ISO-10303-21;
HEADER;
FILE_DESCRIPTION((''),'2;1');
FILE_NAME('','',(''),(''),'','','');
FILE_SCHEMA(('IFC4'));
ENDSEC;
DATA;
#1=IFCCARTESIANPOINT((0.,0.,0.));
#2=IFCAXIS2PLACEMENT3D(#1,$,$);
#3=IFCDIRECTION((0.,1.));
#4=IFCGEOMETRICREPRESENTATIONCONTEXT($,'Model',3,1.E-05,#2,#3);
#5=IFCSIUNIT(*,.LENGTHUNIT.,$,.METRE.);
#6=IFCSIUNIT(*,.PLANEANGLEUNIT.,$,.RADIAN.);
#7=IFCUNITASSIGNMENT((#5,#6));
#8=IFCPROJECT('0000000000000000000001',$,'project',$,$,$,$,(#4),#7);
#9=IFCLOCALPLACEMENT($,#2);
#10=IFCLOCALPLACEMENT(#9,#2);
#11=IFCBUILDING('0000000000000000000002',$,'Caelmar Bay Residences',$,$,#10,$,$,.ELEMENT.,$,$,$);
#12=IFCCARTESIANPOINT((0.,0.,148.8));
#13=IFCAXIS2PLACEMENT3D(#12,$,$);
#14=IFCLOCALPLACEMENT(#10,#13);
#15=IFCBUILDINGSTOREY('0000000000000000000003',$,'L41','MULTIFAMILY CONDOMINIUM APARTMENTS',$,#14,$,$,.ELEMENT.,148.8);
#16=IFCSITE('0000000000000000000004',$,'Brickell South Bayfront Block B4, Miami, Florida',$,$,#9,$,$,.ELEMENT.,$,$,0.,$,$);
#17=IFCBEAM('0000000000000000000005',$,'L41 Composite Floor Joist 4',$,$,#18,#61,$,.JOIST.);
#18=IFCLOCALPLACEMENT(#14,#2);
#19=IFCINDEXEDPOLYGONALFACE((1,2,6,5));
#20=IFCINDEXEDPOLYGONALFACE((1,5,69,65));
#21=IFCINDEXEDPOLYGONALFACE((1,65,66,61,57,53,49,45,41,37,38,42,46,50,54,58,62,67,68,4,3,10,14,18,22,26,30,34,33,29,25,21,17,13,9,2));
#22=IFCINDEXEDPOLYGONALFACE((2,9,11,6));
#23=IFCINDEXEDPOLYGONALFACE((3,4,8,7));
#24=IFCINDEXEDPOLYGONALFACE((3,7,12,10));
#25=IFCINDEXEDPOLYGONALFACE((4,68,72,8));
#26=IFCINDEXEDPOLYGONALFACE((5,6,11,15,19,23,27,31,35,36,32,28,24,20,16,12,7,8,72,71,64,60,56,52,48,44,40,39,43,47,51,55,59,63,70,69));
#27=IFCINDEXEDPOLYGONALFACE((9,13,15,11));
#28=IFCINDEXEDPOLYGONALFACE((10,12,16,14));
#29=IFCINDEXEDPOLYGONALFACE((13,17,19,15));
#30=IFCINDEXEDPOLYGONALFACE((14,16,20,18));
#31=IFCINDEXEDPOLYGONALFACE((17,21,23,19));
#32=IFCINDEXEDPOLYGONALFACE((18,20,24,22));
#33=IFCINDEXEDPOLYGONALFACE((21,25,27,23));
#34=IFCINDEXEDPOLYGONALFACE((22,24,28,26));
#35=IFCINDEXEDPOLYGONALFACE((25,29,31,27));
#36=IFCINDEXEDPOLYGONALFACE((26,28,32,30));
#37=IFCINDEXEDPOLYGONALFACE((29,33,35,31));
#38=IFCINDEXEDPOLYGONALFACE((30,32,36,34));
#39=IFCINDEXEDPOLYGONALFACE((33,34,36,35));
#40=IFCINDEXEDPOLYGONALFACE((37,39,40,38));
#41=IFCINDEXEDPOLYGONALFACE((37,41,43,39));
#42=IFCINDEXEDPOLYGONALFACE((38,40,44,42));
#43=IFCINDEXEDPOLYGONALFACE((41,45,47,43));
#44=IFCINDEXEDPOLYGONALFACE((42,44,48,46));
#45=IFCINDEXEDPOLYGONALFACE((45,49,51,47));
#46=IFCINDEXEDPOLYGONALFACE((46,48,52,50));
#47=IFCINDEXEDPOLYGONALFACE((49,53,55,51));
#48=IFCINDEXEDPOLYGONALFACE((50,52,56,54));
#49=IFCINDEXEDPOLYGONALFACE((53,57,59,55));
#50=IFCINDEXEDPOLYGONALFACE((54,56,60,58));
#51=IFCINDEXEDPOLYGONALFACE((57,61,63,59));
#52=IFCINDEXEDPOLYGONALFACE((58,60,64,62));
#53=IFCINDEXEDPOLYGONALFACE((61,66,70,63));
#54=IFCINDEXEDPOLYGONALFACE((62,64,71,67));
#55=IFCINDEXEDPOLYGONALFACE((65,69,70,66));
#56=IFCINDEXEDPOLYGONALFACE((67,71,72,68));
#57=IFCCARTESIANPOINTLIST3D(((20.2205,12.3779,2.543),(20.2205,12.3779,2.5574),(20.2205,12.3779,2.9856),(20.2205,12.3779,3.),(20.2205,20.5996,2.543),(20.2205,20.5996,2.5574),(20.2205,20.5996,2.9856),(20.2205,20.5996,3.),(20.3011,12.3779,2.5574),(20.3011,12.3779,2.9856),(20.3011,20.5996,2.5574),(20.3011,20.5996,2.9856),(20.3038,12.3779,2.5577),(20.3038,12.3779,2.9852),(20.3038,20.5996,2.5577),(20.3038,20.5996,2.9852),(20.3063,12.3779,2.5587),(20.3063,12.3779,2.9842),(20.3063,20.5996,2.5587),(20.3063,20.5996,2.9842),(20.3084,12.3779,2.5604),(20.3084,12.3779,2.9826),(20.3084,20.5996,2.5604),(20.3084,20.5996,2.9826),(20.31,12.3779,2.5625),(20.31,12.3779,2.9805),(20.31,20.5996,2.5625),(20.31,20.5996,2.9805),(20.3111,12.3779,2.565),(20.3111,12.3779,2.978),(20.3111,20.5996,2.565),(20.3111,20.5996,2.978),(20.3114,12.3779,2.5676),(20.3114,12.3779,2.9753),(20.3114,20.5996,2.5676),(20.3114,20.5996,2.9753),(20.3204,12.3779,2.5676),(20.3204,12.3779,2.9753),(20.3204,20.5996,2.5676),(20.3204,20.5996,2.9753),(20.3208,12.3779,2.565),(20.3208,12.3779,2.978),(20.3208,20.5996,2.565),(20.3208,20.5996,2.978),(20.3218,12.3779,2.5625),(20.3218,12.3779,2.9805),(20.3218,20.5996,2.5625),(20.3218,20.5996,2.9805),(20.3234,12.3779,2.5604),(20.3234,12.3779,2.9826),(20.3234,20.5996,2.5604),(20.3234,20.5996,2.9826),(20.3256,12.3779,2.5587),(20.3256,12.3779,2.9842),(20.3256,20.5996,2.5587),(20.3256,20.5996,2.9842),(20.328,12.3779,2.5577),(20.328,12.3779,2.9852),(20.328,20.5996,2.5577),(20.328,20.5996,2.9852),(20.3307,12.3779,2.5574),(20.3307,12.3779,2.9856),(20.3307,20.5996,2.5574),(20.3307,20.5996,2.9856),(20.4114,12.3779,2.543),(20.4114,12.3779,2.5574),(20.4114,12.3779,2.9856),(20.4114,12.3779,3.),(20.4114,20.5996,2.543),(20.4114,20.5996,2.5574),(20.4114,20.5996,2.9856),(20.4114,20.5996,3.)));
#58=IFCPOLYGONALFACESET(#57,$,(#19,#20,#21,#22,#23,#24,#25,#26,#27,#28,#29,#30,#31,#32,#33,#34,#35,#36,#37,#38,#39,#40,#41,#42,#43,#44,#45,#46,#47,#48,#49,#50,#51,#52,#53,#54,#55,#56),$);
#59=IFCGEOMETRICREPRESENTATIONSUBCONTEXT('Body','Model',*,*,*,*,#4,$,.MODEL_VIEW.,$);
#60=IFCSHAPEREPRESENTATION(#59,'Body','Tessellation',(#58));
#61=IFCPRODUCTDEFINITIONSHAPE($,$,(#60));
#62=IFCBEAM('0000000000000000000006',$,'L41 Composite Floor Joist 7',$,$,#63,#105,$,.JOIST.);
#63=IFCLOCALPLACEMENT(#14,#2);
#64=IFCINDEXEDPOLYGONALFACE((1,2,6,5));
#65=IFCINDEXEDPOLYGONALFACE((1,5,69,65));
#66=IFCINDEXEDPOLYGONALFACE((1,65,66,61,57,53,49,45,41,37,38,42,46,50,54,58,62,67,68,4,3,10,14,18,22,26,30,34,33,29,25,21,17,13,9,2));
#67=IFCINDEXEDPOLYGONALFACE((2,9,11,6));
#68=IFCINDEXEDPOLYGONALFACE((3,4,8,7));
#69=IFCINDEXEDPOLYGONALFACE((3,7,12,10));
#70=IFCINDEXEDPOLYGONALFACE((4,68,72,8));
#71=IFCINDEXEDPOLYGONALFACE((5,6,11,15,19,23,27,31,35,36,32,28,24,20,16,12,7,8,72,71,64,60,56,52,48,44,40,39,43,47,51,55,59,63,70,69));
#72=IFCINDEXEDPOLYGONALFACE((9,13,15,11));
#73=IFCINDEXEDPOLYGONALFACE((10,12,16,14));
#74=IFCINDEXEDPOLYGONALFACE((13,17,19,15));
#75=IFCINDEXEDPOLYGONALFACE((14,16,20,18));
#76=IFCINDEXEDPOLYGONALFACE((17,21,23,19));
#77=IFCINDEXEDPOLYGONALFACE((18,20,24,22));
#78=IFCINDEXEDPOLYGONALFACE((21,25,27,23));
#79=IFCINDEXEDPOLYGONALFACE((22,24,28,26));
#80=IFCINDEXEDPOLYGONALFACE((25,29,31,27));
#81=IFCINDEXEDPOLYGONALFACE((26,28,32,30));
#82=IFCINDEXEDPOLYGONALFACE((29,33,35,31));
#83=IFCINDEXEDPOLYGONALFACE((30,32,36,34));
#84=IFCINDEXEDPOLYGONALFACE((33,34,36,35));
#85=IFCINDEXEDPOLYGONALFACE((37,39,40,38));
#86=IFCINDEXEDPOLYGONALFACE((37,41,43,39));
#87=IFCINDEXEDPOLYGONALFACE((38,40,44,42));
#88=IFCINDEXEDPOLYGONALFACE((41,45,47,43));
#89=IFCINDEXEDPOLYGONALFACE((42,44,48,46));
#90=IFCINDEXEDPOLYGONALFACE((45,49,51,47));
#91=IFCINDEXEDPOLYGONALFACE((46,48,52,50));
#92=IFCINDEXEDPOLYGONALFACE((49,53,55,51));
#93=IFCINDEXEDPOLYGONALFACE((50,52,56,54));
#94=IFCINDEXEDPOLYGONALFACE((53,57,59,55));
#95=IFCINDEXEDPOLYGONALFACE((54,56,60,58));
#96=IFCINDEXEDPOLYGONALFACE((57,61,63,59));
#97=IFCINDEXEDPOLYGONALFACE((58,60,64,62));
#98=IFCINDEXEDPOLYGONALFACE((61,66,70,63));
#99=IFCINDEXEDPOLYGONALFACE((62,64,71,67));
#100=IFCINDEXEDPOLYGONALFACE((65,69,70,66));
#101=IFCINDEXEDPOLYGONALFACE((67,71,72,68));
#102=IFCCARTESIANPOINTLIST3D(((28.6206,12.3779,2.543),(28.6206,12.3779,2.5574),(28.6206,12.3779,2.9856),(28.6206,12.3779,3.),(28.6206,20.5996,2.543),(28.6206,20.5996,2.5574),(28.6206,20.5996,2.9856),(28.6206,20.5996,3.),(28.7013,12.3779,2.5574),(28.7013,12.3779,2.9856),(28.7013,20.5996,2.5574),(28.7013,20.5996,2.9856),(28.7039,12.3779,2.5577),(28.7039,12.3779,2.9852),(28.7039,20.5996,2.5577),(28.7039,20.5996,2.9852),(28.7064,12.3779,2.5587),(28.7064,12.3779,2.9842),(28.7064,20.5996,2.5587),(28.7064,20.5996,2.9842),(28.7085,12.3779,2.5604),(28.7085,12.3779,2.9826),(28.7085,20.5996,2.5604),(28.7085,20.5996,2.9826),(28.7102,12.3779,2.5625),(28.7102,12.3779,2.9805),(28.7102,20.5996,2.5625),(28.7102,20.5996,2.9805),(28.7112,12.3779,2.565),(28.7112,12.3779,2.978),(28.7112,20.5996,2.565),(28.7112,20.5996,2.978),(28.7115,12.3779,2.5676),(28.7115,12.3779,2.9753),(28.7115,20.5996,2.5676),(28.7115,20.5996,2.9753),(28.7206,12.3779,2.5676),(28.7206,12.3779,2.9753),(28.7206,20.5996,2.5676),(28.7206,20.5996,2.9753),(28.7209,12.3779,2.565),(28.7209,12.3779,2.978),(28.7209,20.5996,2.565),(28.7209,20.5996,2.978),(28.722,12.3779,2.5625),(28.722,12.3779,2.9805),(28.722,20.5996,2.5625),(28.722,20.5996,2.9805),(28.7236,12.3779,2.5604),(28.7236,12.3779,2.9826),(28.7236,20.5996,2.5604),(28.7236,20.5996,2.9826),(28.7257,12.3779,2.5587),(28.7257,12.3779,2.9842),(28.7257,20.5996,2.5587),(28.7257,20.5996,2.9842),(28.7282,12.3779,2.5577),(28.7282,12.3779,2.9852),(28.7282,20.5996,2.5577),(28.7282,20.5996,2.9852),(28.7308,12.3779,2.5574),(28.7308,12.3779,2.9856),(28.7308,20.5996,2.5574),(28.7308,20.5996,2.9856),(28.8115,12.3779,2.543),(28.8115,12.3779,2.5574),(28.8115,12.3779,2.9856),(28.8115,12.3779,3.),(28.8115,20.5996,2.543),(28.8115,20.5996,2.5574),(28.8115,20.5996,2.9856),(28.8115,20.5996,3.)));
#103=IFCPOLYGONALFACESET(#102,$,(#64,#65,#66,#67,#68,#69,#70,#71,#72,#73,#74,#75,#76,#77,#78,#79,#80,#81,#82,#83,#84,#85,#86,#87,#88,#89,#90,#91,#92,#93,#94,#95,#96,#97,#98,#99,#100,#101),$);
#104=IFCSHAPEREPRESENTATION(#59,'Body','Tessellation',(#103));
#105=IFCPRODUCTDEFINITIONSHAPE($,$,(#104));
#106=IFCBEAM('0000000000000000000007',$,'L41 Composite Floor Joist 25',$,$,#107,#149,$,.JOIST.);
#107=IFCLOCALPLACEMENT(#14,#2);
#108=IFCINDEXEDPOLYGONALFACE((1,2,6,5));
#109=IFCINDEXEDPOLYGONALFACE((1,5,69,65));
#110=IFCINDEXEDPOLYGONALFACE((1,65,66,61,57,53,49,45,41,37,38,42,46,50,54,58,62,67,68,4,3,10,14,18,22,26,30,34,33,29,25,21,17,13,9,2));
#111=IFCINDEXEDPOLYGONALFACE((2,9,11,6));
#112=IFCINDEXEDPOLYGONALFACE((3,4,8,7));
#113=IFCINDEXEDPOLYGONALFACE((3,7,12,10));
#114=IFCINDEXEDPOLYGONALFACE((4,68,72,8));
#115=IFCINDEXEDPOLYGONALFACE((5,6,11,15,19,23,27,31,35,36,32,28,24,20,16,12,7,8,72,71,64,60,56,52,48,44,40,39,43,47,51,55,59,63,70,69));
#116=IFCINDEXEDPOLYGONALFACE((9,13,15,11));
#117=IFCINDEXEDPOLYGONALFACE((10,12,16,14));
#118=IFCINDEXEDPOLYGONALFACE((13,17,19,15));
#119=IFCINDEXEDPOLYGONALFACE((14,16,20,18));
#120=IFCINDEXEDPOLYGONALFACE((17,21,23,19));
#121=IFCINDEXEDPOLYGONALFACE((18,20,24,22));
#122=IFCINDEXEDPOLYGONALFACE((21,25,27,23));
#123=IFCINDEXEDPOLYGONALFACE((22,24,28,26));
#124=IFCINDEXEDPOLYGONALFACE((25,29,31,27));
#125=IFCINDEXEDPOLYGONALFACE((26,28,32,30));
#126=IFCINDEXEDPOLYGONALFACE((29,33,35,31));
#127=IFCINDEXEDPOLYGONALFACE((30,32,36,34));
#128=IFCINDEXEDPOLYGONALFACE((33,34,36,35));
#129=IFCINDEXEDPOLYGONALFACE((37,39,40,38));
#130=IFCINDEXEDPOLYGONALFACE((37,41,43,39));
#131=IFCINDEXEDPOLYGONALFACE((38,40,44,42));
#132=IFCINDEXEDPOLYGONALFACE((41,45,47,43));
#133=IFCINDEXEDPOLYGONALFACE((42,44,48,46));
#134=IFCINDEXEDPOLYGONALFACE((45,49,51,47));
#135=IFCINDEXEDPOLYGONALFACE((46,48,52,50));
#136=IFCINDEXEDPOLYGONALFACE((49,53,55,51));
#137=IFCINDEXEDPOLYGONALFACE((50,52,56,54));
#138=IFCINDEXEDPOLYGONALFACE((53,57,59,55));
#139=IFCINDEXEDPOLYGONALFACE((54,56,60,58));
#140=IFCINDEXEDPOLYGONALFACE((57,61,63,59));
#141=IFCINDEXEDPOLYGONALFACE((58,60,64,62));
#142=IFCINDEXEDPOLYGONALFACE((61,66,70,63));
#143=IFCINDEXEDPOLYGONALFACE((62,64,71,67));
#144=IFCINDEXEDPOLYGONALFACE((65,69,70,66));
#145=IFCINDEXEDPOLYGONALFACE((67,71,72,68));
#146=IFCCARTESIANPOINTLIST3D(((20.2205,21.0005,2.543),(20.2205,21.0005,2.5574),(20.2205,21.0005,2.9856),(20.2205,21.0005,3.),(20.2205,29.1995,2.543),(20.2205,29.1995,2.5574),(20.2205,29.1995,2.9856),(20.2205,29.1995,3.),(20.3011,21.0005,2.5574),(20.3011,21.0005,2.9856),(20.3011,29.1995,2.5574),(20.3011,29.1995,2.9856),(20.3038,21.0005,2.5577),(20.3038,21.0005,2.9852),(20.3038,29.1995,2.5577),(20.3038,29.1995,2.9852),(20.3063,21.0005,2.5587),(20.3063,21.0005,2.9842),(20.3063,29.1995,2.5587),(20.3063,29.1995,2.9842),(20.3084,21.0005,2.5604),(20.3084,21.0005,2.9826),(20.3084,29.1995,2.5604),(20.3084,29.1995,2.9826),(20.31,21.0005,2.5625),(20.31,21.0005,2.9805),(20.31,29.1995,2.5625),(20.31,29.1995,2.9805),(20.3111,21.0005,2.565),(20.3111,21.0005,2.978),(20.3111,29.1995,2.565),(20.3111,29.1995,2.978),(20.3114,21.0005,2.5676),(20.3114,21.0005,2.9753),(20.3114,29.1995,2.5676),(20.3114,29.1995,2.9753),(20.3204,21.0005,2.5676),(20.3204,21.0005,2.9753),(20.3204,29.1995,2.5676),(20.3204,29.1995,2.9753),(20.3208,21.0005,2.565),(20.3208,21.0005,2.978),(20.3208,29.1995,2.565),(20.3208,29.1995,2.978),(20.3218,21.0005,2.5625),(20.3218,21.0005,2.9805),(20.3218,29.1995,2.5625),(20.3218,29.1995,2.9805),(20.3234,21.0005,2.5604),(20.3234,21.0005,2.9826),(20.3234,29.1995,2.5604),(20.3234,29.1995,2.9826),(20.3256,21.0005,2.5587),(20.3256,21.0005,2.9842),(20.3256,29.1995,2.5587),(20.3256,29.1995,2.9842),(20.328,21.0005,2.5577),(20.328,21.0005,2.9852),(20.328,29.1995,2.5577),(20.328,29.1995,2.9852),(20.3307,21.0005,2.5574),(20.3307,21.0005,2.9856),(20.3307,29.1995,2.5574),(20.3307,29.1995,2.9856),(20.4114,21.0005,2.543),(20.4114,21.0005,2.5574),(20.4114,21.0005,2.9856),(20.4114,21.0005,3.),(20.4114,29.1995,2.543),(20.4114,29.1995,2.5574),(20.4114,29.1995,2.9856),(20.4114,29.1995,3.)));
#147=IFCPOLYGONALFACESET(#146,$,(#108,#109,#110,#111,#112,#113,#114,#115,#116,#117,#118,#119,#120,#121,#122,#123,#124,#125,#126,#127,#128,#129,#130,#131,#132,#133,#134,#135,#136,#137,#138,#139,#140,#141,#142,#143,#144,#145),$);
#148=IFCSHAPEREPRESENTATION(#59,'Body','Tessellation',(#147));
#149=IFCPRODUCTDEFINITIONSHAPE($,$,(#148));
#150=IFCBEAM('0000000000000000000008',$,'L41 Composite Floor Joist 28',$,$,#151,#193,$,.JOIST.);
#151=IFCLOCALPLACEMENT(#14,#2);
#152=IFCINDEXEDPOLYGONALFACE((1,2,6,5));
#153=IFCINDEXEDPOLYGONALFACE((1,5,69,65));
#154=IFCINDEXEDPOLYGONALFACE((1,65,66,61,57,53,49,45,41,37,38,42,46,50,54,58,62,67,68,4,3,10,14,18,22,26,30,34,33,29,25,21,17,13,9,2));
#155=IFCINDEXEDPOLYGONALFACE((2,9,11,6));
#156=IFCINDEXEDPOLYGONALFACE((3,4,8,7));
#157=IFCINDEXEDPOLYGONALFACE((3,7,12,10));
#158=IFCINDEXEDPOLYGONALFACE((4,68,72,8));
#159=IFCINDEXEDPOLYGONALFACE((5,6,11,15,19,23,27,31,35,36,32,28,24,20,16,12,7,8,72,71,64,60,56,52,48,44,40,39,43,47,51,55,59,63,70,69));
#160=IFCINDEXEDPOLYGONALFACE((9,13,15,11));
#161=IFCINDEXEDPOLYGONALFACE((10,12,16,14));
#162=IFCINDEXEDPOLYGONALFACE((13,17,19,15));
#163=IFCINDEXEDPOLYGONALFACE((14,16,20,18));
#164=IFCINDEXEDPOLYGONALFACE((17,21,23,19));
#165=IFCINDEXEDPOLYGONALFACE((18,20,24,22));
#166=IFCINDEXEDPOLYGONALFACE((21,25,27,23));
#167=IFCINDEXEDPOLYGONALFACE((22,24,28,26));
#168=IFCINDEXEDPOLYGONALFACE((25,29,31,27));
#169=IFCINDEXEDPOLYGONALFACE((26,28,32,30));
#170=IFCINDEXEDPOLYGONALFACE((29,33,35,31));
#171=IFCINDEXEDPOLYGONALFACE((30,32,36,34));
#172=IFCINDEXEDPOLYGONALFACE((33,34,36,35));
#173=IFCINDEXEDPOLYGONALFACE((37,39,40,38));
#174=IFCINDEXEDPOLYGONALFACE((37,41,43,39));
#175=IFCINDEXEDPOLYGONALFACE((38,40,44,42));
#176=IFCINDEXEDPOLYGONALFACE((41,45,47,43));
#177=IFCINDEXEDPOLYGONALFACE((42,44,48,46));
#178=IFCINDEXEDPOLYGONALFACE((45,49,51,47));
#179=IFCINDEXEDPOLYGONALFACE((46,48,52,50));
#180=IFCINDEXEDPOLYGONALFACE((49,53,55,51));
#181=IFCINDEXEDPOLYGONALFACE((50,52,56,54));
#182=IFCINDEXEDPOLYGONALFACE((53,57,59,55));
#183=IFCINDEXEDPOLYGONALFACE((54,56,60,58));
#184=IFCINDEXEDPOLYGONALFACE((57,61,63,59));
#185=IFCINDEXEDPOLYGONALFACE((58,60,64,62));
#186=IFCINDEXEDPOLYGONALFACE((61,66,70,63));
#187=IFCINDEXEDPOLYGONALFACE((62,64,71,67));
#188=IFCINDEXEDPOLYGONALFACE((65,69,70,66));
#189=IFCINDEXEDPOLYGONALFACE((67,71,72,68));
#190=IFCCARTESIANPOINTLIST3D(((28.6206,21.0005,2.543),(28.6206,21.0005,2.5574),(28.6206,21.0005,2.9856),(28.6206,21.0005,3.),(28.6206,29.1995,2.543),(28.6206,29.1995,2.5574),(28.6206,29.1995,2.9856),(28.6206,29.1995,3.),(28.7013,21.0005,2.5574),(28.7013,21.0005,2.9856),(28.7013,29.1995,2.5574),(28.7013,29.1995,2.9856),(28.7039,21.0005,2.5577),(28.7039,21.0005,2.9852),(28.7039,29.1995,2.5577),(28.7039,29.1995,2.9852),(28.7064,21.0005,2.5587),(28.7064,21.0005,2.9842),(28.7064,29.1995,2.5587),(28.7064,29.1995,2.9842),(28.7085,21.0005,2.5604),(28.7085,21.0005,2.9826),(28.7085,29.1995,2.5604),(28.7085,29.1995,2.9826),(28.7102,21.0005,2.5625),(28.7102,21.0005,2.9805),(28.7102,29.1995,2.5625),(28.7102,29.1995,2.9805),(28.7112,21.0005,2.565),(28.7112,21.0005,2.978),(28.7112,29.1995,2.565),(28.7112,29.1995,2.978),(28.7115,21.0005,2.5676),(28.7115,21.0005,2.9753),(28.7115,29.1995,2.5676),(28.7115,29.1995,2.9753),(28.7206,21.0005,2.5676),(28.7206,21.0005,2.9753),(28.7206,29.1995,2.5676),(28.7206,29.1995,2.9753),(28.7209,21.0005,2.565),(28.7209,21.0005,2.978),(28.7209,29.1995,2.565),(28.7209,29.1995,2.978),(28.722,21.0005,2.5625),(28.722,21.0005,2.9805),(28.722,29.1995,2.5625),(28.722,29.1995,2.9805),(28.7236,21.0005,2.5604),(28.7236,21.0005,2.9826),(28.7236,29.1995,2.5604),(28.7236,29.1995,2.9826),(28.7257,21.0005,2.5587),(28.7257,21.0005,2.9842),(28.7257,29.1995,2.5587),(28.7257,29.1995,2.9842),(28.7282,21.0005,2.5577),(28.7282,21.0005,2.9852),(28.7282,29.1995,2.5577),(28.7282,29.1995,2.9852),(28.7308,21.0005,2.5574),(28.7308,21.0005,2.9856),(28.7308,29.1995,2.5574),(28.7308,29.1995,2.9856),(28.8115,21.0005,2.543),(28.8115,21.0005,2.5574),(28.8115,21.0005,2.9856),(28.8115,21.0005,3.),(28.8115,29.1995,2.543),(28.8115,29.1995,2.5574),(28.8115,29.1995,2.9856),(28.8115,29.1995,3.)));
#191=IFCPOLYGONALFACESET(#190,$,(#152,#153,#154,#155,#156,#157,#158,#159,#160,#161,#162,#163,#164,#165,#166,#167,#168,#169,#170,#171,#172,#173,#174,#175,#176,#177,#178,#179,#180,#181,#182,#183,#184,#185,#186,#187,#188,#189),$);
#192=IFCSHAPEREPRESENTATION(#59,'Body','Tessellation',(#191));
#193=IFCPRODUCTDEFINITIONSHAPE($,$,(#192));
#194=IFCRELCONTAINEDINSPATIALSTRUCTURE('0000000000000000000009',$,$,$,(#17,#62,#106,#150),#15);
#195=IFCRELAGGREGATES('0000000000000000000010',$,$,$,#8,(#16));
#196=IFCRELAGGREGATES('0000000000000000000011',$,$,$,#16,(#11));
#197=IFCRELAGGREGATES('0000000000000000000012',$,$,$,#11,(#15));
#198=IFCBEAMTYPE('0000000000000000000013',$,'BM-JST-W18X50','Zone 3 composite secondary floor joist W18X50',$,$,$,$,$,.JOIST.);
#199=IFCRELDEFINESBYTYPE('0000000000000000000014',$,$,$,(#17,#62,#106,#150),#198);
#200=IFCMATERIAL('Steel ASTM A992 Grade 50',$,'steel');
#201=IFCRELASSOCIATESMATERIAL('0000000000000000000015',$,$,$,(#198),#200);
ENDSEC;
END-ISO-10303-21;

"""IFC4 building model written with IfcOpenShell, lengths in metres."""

from ifc_helpers import new_model, si_unit, direction, frame, origin, origin_2d, place, context, subcontext, project, spatial, i_section, extrude, material, material_profile, profile_set, type_object, element, save


model = new_model("IFC4")

# Units and contexts
model_context = context("Model", 3, precision=1e-05, world=origin(), true_north=direction((0.0, 1.0)))
body_context = subcontext(model_context, "Body", "Model", "MODEL_VIEW")
ifc_project = project(units=[si_unit("LENGTHUNIT", "METRE"), si_unit("PLANEANGLEUNIT", "RADIAN")], contexts=[model_context])

# Site, building, storey
site_placement = place(None, origin())
site = spatial("IfcSite", under=ifc_project, at=site_placement, Name="Brickell South Bayfront Block B4, Miami, Florida", CompositionType="ELEMENT", RefElevation=0.0)
building_placement = place(site_placement, origin())
building = spatial("IfcBuilding", under=site, at=building_placement, Name="Caelmar Bay Residences", CompositionType="ELEMENT")
storey_placement = place(building_placement, frame((0.0, 0.0, 148.8)))
storey = spatial("IfcBuildingStorey", under=building, at=storey_placement, Name="L41", Description="MULTIFAMILY CONDOMINIUM APARTMENTS", CompositionType="ELEMENT", Elevation=148.8)

# Beams
ifc_material_1 = material(Name="Steel ASTM A992 Grade 50", Category="steel")
ifc_material_profile_1 = material_profile(ifc_material_1, i_section(OverallWidth=0.1909, OverallDepth=0.457, WebThickness=0.009, FlangeThickness=0.0144, FilletRadius=0.0103, at=origin_2d()), Name="W18X50")
ifc_profile_set_1 = profile_set([ifc_material_profile_1], Name="Steel ASTM A992 Grade 50")
beam_type_1 = type_object("IfcBeamType", Name="BM-JST-W18X50", Description="Zone 3 composite secondary floor joist W18X50", PredefinedType="JOIST", material=ifc_profile_set_1)
for number, where, z_axis, x_axis, name in (
    (1, (20.3159, 12.3779, 2.7715), (0.0, 1.0, 0.0), (-1.0, 0.0, 0.0), "L41 Composite Floor Joist 4"),
    (2, (28.7161, 12.3779, 2.7715), (0.0, 1.0, 0.0), (-1.0, 0.0, 0.0), "L41 Composite Floor Joist 7"),
):
    element("IfcBeam", number, at=place(storey_placement, frame(where, z_axis=z_axis, x_axis=x_axis)), inside=storey, type_object=beam_type_1, Name=name, PredefinedType="JOIST", context=body_context, shape_type="SweptSolid", body=[
        extrude(i_section(OverallWidth=0.1909, OverallDepth=0.457, WebThickness=0.009, FlangeThickness=0.0144, FilletRadius=0.0103, at=origin_2d()), origin(), (0.0, 0.0, 1.0), 8.2217),
    ])
for number, where, z_axis, x_axis, name in (
    (3, (20.3159, 21.0005, 2.7715), (0.0, 1.0, 0.0), (-1.0, 0.0, 0.0), "L41 Composite Floor Joist 25"),
    (4, (28.7161, 21.0005, 2.7715), (0.0, 1.0, 0.0), (-1.0, 0.0, 0.0), "L41 Composite Floor Joist 28"),
):
    element("IfcBeam", number, at=place(storey_placement, frame(where, z_axis=z_axis, x_axis=x_axis)), inside=storey, type_object=beam_type_1, Name=name, PredefinedType="JOIST", context=body_context, shape_type="SweptSolid", body=[
        extrude(i_section(OverallWidth=0.1909, OverallDepth=0.457, WebThickness=0.009, FlangeThickness=0.0144, FilletRadius=0.0103, at=origin_2d()), origin(), (0.0, 0.0, 1.0), 8.199),
    ])

save(model, "model.ifc")
